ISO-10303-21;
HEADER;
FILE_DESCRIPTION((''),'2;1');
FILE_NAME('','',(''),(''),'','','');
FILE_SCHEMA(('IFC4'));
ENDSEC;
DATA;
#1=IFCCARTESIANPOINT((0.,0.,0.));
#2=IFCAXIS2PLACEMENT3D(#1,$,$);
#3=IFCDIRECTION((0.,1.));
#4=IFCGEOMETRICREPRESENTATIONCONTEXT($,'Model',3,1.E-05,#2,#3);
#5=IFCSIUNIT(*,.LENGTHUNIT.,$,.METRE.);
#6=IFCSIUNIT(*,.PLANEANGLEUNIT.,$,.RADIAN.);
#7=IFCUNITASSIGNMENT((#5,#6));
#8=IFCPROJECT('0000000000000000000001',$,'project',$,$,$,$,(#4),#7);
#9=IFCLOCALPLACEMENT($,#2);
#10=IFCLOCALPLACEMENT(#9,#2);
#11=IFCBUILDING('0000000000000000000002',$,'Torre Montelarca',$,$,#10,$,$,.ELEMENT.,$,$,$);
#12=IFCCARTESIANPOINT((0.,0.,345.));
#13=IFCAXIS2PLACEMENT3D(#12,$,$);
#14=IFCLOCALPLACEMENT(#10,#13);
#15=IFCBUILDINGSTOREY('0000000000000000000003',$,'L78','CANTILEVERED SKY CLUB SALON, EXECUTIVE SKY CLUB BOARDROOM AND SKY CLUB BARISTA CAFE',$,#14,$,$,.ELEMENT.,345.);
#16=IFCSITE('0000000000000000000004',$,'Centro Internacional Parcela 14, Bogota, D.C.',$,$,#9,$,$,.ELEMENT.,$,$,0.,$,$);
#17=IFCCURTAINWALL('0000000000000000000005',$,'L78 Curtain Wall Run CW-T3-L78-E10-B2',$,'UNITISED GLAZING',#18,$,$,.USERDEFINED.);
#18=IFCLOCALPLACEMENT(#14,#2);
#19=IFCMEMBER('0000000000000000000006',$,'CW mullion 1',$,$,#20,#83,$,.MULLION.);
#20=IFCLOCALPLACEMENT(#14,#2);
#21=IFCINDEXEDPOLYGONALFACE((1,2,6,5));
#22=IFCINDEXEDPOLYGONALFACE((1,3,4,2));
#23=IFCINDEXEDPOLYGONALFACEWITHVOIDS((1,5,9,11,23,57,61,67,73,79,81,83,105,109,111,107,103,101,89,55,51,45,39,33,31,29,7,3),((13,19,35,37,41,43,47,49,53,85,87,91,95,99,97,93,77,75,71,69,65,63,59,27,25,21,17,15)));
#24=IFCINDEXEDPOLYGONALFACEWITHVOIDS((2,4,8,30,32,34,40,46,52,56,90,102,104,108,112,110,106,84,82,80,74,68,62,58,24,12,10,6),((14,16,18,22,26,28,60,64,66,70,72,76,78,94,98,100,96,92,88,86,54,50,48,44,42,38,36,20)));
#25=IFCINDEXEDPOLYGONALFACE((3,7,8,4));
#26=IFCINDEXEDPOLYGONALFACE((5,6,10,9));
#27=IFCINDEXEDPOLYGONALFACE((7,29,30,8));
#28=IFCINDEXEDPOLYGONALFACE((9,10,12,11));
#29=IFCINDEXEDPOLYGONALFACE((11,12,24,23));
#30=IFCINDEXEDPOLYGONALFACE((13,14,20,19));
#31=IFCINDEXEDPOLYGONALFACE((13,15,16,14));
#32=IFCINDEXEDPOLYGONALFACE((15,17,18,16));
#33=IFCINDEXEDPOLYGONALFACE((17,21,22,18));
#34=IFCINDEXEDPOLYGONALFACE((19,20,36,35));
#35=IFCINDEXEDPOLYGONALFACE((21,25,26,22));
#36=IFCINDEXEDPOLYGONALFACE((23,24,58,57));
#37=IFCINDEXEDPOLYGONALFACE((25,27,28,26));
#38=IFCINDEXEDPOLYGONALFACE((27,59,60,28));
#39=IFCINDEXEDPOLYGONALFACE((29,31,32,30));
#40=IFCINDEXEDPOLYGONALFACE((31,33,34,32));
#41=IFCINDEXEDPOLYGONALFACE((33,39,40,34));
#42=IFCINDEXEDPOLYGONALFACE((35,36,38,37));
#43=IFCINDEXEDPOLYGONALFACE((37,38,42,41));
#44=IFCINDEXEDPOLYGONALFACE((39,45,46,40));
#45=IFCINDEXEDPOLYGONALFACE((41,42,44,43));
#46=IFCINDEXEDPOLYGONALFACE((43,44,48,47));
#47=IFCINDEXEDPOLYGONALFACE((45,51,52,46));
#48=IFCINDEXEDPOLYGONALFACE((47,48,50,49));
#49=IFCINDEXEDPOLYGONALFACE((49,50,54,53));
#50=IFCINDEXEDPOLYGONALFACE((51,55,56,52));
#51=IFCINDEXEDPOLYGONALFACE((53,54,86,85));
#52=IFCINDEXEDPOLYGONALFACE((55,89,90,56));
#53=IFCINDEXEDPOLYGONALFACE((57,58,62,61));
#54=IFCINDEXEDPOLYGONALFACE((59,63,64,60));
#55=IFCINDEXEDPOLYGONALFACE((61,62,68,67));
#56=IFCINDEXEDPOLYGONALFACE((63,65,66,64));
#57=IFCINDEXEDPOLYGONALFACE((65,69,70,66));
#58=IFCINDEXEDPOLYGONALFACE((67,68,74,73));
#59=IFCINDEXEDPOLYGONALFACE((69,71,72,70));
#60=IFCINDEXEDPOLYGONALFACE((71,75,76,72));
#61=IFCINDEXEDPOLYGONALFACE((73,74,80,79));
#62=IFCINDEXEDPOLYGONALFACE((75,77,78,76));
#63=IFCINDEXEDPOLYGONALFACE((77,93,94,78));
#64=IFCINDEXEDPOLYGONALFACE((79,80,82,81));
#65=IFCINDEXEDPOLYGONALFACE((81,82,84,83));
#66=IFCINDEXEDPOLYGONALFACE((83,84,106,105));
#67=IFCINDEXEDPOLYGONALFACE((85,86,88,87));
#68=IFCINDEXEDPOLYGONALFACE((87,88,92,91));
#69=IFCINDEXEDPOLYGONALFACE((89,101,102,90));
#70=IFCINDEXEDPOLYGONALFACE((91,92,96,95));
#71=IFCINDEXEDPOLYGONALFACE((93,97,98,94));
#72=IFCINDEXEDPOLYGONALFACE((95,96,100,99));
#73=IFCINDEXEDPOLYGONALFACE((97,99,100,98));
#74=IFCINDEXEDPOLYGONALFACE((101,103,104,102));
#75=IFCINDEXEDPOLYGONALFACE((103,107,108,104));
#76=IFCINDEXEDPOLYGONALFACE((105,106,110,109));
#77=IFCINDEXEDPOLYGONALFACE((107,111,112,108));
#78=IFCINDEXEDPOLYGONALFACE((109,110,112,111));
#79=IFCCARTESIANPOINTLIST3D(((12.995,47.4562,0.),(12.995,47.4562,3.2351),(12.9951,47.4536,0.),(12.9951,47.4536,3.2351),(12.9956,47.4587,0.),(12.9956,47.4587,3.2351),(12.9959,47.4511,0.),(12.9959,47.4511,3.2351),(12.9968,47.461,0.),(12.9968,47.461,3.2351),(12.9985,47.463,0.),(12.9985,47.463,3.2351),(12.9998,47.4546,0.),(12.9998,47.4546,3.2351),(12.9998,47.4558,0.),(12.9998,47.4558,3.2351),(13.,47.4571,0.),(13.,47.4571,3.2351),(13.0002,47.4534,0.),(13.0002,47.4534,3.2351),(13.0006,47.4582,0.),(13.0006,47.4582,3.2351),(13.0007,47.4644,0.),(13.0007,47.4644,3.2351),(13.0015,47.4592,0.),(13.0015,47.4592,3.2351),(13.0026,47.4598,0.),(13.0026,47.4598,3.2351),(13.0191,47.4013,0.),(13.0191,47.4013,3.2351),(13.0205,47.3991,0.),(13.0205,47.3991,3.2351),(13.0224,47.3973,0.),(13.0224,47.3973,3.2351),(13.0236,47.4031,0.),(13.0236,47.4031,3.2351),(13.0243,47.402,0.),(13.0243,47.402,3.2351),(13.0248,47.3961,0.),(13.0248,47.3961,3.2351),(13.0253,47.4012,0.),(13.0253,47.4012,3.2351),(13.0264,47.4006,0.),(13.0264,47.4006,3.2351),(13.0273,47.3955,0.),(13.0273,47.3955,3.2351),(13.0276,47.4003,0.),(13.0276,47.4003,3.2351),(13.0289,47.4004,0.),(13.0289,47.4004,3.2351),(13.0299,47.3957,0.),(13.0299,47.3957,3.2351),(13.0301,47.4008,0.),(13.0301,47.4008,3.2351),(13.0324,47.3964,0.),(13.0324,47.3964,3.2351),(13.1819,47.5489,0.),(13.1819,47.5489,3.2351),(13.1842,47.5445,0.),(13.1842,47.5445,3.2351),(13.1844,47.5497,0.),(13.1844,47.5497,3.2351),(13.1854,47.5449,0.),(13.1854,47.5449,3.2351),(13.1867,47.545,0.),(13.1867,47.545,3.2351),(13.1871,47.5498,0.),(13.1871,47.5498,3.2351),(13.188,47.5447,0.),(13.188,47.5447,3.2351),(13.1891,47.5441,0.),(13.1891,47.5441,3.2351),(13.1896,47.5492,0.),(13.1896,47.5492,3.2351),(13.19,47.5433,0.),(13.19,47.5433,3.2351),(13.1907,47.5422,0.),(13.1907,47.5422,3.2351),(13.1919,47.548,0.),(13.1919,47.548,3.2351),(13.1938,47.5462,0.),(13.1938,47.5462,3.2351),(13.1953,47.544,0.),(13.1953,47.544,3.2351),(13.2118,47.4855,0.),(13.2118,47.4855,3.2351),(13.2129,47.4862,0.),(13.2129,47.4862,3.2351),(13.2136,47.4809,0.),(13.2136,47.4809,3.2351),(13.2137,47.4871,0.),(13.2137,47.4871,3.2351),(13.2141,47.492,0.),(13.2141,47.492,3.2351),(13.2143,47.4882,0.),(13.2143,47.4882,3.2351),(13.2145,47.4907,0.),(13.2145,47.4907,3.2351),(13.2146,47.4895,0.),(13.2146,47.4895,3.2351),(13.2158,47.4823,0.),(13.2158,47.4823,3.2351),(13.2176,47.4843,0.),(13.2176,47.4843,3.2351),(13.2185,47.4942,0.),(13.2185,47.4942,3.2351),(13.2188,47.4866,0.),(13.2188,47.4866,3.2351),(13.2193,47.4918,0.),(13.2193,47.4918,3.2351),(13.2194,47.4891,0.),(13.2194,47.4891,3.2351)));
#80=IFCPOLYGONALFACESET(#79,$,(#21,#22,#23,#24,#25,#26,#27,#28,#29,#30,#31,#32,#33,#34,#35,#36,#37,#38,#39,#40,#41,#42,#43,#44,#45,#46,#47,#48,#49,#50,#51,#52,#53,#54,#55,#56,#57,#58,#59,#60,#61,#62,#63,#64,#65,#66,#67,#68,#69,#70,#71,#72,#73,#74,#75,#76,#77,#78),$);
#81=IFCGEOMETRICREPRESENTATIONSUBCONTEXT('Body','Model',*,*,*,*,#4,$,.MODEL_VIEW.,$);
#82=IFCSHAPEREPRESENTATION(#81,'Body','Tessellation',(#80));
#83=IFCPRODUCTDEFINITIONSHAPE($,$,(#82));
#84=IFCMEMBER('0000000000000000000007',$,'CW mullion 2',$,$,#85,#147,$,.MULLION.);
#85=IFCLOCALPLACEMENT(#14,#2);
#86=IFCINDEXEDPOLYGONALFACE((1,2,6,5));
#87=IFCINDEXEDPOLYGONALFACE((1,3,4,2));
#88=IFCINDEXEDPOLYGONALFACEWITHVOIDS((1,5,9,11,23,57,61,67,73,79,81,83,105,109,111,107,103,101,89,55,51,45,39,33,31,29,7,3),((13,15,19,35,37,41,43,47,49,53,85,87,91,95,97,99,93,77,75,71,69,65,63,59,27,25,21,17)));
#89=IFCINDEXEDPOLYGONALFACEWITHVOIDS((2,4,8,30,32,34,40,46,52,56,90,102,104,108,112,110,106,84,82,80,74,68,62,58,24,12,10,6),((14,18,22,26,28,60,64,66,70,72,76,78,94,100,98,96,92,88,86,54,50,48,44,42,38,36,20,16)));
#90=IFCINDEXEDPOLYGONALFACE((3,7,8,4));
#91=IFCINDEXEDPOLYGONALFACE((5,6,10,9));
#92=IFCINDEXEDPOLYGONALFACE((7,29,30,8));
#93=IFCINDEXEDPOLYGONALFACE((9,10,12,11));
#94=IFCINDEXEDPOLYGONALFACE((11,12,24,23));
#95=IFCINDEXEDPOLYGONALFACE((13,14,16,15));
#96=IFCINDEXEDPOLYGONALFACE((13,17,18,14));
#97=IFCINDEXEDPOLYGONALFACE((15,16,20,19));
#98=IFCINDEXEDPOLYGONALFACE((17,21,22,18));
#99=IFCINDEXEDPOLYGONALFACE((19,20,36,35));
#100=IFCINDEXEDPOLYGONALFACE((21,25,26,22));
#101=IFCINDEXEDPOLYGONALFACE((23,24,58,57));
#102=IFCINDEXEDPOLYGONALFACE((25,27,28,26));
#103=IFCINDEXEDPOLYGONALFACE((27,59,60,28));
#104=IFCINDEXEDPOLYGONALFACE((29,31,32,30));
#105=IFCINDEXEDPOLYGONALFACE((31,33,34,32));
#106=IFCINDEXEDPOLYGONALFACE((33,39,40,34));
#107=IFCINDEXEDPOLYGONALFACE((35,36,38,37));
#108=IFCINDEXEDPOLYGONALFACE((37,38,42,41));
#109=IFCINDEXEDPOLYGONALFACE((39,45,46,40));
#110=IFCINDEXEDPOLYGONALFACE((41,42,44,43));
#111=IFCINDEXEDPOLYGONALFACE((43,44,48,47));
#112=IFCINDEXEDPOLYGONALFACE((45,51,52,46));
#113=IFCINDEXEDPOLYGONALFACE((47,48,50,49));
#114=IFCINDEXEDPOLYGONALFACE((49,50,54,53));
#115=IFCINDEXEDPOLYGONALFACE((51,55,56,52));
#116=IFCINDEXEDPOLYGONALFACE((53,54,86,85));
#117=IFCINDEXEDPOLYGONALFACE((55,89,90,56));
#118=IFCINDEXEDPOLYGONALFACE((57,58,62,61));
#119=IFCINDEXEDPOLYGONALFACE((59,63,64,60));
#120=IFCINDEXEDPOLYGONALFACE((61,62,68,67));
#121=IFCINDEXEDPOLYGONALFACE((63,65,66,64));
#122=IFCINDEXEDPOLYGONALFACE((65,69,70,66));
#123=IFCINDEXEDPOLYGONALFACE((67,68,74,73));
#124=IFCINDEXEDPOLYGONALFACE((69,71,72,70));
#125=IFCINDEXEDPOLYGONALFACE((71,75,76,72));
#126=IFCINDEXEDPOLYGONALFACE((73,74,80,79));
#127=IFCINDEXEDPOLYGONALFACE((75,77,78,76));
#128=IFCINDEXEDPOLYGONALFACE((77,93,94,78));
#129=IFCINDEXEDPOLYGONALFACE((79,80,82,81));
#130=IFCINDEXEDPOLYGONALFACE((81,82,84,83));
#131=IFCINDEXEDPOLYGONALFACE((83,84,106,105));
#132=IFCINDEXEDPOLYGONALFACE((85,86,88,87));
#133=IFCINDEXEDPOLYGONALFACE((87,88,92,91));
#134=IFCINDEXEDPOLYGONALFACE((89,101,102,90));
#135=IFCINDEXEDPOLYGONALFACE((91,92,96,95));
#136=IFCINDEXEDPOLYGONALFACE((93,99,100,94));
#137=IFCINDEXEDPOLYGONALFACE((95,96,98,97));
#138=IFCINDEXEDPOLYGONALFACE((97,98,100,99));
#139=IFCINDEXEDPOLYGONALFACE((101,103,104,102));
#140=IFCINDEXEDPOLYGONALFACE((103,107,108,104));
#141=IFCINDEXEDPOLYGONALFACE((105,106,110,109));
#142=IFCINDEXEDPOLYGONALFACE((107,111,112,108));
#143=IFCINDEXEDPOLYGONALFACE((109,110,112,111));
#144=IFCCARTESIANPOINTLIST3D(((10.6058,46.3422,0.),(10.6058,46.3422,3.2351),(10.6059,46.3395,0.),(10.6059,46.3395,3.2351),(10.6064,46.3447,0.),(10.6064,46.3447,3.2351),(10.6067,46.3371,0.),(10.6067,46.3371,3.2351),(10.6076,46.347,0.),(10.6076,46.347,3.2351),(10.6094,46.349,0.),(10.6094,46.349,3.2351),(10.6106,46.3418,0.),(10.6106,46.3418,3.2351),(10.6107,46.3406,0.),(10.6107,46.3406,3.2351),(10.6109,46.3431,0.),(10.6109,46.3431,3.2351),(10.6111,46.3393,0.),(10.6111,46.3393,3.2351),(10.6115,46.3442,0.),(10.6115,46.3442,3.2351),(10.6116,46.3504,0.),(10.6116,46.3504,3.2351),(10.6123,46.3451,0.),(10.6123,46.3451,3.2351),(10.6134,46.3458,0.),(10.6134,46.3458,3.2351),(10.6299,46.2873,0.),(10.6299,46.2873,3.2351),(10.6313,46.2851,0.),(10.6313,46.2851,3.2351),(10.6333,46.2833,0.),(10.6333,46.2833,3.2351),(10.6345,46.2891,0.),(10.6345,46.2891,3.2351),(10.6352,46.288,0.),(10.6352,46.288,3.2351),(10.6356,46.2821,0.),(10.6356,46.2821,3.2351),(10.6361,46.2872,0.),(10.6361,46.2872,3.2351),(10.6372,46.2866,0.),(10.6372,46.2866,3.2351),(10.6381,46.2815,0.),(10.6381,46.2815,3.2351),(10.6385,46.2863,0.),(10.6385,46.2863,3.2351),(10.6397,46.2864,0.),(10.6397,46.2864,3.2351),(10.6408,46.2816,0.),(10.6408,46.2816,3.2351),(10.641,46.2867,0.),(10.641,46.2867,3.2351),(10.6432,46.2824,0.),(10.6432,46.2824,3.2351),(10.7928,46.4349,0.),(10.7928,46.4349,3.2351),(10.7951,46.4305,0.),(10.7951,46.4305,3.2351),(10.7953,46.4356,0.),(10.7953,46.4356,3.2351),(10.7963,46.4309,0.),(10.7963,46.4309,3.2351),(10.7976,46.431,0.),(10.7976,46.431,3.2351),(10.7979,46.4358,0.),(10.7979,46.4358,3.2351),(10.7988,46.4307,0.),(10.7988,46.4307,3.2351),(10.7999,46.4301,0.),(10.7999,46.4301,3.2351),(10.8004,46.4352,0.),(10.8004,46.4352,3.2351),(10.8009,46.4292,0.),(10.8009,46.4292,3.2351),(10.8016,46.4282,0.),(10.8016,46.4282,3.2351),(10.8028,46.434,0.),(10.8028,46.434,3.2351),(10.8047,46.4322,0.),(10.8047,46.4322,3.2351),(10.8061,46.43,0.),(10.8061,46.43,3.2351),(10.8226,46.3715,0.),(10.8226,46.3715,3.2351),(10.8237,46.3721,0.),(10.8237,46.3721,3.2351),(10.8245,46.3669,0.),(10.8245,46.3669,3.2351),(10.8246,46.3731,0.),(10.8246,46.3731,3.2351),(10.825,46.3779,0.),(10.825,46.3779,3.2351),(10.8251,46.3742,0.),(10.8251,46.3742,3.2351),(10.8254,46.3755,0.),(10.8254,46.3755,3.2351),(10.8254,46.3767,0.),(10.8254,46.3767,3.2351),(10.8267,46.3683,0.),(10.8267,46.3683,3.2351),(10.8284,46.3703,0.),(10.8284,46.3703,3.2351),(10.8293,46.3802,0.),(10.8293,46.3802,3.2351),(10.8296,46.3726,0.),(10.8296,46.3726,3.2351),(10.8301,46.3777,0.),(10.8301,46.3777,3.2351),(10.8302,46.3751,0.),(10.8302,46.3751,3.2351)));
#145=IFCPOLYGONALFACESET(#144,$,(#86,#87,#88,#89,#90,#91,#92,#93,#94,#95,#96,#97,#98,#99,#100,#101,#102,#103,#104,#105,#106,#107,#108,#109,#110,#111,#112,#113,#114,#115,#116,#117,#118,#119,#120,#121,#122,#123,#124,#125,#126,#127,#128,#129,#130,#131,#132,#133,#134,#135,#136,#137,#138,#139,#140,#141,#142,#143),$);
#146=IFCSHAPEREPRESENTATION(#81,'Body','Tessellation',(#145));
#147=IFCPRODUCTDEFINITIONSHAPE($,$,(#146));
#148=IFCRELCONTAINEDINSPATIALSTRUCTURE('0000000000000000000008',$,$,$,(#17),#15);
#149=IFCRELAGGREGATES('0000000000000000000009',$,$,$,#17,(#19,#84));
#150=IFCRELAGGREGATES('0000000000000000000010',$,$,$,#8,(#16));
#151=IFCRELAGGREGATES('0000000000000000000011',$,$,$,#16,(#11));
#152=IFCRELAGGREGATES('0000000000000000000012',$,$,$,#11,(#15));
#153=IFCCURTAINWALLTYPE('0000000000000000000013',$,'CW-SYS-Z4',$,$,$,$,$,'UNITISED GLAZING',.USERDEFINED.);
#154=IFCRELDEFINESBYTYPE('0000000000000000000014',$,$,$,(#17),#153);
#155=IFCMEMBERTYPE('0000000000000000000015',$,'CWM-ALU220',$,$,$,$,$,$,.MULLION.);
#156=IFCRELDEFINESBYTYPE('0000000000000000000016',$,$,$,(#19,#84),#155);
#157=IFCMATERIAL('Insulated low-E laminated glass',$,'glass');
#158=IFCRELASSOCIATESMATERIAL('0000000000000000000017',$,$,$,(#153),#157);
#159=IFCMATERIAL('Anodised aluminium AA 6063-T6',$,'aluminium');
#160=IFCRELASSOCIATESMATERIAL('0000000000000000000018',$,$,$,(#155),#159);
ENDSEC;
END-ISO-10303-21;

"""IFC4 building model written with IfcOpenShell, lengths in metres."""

from ifc_helpers import new_model, si_unit, direction, frame, origin, origin_2d, place, context, subcontext, project, spatial, hollow_rectangle, extrude, source, transform, mapped, material, material_profile, profile_set, type_object, element, aggregate, save


model = new_model("IFC4")

# Units and contexts
model_context = context("Model", 3, precision=1e-05, world=origin(), true_north=direction((0.0, 1.0)))
body_context = subcontext(model_context, "Body", "Model", "MODEL_VIEW")
ifc_project = project(units=[si_unit("LENGTHUNIT", "METRE"), si_unit("PLANEANGLEUNIT", "RADIAN")], contexts=[model_context])

# Site, building, storey
site_placement = place(None, origin())
site = spatial("IfcSite", under=ifc_project, at=site_placement, Name="Centro Internacional Parcela 14, Bogota, D.C.", CompositionType="ELEMENT", RefElevation=0.0)
building_placement = place(site_placement, origin())
building = spatial("IfcBuilding", under=site, at=building_placement, Name="Torre Montelarca", CompositionType="ELEMENT")
storey_placement = place(building_placement, frame((0.0, 0.0, 345.0)))
storey = spatial("IfcBuildingStorey", under=building, at=storey_placement, Name="L78", Description="CANTILEVERED SKY CLUB SALON, EXECUTIVE SKY CLUB BOARDROOM AND SKY CLUB BARISTA CAFE", CompositionType="ELEMENT", Elevation=345.0)

# Curtain wall, members
ifc_material_1 = material(Name="Insulated low-E laminated glass", Category="glass")
curtain_wall_type = type_object("IfcCurtainWallType", Name="CW-SYS-Z4", ElementType="UNITISED GLAZING", PredefinedType="USERDEFINED", material=ifc_material_1)
ifc_material_2 = material(Name="Anodised aluminium AA 6063-T6", Category="aluminium")
ifc_material_profile_1 = material_profile(ifc_material_2, hollow_rectangle(XDim=0.075, YDim=0.22, WallThickness=0.0049, InnerFilletRadius=0.0049, OuterFilletRadius=0.01, at=origin_2d()), Name="ALU75X220X5", Category="aluminium")
ifc_profile_set_1 = profile_set([ifc_material_profile_1], Name="Anodised aluminium AA 6063-T6")
member_type_1 = type_object("IfcMemberType", Name="CWM-ALU220", PredefinedType="MULLION", material=ifc_profile_set_1)
curtain_wall_1_placement = place(storey_placement, origin())
curtain_wall_1 = element("IfcCurtainWall", 1, at=curtain_wall_1_placement, inside=storey, type_object=curtain_wall_type, Name="L78 Curtain Wall Run CW-T3-L78-E10-B2", ObjectType="UNITISED GLAZING", PredefinedType="USERDEFINED")
shared_shape_1 = source(origin(), body_context, "Body", "SweptSolid", [
    extrude(hollow_rectangle(XDim=0.075, YDim=0.22, WallThickness=0.0049, InnerFilletRadius=0.0049, OuterFilletRadius=0.01, at=origin_2d()), origin(), (0.0, 0.0, 1.0), 3.2351),
])
member_1_placement = place(storey_placement, frame((13.1072, 47.4727, 0.0), z_axis=(0.0, 0.0, 1.0), x_axis=(0.422616, -0.906309, 0.0)))
member_1 = element("IfcMember", 2, at=member_1_placement, type_object=member_type_1, Name="CW mullion 1", PredefinedType="MULLION", context=body_context, shape_type="MappedRepresentation", body=[
    mapped(shared_shape_1, transform((0.0, 0.0, 0.0), scale=1.0)),
])
member_2_placement = place(storey_placement, frame((10.718, 46.3586, 0.0), z_axis=(0.0, 0.0, 1.0), x_axis=(0.422616, -0.906309, 0.0)))
member_2 = element("IfcMember", 3, at=member_2_placement, type_object=member_type_1, Name="CW mullion 2", PredefinedType="MULLION", context=body_context, shape_type="MappedRepresentation", body=[
    mapped(shared_shape_1, transform((0.0, 0.0, 0.0), scale=1.0)),
])

aggregate(curtain_wall_1, [member_1, member_2])

save(model, "model.ifc")
